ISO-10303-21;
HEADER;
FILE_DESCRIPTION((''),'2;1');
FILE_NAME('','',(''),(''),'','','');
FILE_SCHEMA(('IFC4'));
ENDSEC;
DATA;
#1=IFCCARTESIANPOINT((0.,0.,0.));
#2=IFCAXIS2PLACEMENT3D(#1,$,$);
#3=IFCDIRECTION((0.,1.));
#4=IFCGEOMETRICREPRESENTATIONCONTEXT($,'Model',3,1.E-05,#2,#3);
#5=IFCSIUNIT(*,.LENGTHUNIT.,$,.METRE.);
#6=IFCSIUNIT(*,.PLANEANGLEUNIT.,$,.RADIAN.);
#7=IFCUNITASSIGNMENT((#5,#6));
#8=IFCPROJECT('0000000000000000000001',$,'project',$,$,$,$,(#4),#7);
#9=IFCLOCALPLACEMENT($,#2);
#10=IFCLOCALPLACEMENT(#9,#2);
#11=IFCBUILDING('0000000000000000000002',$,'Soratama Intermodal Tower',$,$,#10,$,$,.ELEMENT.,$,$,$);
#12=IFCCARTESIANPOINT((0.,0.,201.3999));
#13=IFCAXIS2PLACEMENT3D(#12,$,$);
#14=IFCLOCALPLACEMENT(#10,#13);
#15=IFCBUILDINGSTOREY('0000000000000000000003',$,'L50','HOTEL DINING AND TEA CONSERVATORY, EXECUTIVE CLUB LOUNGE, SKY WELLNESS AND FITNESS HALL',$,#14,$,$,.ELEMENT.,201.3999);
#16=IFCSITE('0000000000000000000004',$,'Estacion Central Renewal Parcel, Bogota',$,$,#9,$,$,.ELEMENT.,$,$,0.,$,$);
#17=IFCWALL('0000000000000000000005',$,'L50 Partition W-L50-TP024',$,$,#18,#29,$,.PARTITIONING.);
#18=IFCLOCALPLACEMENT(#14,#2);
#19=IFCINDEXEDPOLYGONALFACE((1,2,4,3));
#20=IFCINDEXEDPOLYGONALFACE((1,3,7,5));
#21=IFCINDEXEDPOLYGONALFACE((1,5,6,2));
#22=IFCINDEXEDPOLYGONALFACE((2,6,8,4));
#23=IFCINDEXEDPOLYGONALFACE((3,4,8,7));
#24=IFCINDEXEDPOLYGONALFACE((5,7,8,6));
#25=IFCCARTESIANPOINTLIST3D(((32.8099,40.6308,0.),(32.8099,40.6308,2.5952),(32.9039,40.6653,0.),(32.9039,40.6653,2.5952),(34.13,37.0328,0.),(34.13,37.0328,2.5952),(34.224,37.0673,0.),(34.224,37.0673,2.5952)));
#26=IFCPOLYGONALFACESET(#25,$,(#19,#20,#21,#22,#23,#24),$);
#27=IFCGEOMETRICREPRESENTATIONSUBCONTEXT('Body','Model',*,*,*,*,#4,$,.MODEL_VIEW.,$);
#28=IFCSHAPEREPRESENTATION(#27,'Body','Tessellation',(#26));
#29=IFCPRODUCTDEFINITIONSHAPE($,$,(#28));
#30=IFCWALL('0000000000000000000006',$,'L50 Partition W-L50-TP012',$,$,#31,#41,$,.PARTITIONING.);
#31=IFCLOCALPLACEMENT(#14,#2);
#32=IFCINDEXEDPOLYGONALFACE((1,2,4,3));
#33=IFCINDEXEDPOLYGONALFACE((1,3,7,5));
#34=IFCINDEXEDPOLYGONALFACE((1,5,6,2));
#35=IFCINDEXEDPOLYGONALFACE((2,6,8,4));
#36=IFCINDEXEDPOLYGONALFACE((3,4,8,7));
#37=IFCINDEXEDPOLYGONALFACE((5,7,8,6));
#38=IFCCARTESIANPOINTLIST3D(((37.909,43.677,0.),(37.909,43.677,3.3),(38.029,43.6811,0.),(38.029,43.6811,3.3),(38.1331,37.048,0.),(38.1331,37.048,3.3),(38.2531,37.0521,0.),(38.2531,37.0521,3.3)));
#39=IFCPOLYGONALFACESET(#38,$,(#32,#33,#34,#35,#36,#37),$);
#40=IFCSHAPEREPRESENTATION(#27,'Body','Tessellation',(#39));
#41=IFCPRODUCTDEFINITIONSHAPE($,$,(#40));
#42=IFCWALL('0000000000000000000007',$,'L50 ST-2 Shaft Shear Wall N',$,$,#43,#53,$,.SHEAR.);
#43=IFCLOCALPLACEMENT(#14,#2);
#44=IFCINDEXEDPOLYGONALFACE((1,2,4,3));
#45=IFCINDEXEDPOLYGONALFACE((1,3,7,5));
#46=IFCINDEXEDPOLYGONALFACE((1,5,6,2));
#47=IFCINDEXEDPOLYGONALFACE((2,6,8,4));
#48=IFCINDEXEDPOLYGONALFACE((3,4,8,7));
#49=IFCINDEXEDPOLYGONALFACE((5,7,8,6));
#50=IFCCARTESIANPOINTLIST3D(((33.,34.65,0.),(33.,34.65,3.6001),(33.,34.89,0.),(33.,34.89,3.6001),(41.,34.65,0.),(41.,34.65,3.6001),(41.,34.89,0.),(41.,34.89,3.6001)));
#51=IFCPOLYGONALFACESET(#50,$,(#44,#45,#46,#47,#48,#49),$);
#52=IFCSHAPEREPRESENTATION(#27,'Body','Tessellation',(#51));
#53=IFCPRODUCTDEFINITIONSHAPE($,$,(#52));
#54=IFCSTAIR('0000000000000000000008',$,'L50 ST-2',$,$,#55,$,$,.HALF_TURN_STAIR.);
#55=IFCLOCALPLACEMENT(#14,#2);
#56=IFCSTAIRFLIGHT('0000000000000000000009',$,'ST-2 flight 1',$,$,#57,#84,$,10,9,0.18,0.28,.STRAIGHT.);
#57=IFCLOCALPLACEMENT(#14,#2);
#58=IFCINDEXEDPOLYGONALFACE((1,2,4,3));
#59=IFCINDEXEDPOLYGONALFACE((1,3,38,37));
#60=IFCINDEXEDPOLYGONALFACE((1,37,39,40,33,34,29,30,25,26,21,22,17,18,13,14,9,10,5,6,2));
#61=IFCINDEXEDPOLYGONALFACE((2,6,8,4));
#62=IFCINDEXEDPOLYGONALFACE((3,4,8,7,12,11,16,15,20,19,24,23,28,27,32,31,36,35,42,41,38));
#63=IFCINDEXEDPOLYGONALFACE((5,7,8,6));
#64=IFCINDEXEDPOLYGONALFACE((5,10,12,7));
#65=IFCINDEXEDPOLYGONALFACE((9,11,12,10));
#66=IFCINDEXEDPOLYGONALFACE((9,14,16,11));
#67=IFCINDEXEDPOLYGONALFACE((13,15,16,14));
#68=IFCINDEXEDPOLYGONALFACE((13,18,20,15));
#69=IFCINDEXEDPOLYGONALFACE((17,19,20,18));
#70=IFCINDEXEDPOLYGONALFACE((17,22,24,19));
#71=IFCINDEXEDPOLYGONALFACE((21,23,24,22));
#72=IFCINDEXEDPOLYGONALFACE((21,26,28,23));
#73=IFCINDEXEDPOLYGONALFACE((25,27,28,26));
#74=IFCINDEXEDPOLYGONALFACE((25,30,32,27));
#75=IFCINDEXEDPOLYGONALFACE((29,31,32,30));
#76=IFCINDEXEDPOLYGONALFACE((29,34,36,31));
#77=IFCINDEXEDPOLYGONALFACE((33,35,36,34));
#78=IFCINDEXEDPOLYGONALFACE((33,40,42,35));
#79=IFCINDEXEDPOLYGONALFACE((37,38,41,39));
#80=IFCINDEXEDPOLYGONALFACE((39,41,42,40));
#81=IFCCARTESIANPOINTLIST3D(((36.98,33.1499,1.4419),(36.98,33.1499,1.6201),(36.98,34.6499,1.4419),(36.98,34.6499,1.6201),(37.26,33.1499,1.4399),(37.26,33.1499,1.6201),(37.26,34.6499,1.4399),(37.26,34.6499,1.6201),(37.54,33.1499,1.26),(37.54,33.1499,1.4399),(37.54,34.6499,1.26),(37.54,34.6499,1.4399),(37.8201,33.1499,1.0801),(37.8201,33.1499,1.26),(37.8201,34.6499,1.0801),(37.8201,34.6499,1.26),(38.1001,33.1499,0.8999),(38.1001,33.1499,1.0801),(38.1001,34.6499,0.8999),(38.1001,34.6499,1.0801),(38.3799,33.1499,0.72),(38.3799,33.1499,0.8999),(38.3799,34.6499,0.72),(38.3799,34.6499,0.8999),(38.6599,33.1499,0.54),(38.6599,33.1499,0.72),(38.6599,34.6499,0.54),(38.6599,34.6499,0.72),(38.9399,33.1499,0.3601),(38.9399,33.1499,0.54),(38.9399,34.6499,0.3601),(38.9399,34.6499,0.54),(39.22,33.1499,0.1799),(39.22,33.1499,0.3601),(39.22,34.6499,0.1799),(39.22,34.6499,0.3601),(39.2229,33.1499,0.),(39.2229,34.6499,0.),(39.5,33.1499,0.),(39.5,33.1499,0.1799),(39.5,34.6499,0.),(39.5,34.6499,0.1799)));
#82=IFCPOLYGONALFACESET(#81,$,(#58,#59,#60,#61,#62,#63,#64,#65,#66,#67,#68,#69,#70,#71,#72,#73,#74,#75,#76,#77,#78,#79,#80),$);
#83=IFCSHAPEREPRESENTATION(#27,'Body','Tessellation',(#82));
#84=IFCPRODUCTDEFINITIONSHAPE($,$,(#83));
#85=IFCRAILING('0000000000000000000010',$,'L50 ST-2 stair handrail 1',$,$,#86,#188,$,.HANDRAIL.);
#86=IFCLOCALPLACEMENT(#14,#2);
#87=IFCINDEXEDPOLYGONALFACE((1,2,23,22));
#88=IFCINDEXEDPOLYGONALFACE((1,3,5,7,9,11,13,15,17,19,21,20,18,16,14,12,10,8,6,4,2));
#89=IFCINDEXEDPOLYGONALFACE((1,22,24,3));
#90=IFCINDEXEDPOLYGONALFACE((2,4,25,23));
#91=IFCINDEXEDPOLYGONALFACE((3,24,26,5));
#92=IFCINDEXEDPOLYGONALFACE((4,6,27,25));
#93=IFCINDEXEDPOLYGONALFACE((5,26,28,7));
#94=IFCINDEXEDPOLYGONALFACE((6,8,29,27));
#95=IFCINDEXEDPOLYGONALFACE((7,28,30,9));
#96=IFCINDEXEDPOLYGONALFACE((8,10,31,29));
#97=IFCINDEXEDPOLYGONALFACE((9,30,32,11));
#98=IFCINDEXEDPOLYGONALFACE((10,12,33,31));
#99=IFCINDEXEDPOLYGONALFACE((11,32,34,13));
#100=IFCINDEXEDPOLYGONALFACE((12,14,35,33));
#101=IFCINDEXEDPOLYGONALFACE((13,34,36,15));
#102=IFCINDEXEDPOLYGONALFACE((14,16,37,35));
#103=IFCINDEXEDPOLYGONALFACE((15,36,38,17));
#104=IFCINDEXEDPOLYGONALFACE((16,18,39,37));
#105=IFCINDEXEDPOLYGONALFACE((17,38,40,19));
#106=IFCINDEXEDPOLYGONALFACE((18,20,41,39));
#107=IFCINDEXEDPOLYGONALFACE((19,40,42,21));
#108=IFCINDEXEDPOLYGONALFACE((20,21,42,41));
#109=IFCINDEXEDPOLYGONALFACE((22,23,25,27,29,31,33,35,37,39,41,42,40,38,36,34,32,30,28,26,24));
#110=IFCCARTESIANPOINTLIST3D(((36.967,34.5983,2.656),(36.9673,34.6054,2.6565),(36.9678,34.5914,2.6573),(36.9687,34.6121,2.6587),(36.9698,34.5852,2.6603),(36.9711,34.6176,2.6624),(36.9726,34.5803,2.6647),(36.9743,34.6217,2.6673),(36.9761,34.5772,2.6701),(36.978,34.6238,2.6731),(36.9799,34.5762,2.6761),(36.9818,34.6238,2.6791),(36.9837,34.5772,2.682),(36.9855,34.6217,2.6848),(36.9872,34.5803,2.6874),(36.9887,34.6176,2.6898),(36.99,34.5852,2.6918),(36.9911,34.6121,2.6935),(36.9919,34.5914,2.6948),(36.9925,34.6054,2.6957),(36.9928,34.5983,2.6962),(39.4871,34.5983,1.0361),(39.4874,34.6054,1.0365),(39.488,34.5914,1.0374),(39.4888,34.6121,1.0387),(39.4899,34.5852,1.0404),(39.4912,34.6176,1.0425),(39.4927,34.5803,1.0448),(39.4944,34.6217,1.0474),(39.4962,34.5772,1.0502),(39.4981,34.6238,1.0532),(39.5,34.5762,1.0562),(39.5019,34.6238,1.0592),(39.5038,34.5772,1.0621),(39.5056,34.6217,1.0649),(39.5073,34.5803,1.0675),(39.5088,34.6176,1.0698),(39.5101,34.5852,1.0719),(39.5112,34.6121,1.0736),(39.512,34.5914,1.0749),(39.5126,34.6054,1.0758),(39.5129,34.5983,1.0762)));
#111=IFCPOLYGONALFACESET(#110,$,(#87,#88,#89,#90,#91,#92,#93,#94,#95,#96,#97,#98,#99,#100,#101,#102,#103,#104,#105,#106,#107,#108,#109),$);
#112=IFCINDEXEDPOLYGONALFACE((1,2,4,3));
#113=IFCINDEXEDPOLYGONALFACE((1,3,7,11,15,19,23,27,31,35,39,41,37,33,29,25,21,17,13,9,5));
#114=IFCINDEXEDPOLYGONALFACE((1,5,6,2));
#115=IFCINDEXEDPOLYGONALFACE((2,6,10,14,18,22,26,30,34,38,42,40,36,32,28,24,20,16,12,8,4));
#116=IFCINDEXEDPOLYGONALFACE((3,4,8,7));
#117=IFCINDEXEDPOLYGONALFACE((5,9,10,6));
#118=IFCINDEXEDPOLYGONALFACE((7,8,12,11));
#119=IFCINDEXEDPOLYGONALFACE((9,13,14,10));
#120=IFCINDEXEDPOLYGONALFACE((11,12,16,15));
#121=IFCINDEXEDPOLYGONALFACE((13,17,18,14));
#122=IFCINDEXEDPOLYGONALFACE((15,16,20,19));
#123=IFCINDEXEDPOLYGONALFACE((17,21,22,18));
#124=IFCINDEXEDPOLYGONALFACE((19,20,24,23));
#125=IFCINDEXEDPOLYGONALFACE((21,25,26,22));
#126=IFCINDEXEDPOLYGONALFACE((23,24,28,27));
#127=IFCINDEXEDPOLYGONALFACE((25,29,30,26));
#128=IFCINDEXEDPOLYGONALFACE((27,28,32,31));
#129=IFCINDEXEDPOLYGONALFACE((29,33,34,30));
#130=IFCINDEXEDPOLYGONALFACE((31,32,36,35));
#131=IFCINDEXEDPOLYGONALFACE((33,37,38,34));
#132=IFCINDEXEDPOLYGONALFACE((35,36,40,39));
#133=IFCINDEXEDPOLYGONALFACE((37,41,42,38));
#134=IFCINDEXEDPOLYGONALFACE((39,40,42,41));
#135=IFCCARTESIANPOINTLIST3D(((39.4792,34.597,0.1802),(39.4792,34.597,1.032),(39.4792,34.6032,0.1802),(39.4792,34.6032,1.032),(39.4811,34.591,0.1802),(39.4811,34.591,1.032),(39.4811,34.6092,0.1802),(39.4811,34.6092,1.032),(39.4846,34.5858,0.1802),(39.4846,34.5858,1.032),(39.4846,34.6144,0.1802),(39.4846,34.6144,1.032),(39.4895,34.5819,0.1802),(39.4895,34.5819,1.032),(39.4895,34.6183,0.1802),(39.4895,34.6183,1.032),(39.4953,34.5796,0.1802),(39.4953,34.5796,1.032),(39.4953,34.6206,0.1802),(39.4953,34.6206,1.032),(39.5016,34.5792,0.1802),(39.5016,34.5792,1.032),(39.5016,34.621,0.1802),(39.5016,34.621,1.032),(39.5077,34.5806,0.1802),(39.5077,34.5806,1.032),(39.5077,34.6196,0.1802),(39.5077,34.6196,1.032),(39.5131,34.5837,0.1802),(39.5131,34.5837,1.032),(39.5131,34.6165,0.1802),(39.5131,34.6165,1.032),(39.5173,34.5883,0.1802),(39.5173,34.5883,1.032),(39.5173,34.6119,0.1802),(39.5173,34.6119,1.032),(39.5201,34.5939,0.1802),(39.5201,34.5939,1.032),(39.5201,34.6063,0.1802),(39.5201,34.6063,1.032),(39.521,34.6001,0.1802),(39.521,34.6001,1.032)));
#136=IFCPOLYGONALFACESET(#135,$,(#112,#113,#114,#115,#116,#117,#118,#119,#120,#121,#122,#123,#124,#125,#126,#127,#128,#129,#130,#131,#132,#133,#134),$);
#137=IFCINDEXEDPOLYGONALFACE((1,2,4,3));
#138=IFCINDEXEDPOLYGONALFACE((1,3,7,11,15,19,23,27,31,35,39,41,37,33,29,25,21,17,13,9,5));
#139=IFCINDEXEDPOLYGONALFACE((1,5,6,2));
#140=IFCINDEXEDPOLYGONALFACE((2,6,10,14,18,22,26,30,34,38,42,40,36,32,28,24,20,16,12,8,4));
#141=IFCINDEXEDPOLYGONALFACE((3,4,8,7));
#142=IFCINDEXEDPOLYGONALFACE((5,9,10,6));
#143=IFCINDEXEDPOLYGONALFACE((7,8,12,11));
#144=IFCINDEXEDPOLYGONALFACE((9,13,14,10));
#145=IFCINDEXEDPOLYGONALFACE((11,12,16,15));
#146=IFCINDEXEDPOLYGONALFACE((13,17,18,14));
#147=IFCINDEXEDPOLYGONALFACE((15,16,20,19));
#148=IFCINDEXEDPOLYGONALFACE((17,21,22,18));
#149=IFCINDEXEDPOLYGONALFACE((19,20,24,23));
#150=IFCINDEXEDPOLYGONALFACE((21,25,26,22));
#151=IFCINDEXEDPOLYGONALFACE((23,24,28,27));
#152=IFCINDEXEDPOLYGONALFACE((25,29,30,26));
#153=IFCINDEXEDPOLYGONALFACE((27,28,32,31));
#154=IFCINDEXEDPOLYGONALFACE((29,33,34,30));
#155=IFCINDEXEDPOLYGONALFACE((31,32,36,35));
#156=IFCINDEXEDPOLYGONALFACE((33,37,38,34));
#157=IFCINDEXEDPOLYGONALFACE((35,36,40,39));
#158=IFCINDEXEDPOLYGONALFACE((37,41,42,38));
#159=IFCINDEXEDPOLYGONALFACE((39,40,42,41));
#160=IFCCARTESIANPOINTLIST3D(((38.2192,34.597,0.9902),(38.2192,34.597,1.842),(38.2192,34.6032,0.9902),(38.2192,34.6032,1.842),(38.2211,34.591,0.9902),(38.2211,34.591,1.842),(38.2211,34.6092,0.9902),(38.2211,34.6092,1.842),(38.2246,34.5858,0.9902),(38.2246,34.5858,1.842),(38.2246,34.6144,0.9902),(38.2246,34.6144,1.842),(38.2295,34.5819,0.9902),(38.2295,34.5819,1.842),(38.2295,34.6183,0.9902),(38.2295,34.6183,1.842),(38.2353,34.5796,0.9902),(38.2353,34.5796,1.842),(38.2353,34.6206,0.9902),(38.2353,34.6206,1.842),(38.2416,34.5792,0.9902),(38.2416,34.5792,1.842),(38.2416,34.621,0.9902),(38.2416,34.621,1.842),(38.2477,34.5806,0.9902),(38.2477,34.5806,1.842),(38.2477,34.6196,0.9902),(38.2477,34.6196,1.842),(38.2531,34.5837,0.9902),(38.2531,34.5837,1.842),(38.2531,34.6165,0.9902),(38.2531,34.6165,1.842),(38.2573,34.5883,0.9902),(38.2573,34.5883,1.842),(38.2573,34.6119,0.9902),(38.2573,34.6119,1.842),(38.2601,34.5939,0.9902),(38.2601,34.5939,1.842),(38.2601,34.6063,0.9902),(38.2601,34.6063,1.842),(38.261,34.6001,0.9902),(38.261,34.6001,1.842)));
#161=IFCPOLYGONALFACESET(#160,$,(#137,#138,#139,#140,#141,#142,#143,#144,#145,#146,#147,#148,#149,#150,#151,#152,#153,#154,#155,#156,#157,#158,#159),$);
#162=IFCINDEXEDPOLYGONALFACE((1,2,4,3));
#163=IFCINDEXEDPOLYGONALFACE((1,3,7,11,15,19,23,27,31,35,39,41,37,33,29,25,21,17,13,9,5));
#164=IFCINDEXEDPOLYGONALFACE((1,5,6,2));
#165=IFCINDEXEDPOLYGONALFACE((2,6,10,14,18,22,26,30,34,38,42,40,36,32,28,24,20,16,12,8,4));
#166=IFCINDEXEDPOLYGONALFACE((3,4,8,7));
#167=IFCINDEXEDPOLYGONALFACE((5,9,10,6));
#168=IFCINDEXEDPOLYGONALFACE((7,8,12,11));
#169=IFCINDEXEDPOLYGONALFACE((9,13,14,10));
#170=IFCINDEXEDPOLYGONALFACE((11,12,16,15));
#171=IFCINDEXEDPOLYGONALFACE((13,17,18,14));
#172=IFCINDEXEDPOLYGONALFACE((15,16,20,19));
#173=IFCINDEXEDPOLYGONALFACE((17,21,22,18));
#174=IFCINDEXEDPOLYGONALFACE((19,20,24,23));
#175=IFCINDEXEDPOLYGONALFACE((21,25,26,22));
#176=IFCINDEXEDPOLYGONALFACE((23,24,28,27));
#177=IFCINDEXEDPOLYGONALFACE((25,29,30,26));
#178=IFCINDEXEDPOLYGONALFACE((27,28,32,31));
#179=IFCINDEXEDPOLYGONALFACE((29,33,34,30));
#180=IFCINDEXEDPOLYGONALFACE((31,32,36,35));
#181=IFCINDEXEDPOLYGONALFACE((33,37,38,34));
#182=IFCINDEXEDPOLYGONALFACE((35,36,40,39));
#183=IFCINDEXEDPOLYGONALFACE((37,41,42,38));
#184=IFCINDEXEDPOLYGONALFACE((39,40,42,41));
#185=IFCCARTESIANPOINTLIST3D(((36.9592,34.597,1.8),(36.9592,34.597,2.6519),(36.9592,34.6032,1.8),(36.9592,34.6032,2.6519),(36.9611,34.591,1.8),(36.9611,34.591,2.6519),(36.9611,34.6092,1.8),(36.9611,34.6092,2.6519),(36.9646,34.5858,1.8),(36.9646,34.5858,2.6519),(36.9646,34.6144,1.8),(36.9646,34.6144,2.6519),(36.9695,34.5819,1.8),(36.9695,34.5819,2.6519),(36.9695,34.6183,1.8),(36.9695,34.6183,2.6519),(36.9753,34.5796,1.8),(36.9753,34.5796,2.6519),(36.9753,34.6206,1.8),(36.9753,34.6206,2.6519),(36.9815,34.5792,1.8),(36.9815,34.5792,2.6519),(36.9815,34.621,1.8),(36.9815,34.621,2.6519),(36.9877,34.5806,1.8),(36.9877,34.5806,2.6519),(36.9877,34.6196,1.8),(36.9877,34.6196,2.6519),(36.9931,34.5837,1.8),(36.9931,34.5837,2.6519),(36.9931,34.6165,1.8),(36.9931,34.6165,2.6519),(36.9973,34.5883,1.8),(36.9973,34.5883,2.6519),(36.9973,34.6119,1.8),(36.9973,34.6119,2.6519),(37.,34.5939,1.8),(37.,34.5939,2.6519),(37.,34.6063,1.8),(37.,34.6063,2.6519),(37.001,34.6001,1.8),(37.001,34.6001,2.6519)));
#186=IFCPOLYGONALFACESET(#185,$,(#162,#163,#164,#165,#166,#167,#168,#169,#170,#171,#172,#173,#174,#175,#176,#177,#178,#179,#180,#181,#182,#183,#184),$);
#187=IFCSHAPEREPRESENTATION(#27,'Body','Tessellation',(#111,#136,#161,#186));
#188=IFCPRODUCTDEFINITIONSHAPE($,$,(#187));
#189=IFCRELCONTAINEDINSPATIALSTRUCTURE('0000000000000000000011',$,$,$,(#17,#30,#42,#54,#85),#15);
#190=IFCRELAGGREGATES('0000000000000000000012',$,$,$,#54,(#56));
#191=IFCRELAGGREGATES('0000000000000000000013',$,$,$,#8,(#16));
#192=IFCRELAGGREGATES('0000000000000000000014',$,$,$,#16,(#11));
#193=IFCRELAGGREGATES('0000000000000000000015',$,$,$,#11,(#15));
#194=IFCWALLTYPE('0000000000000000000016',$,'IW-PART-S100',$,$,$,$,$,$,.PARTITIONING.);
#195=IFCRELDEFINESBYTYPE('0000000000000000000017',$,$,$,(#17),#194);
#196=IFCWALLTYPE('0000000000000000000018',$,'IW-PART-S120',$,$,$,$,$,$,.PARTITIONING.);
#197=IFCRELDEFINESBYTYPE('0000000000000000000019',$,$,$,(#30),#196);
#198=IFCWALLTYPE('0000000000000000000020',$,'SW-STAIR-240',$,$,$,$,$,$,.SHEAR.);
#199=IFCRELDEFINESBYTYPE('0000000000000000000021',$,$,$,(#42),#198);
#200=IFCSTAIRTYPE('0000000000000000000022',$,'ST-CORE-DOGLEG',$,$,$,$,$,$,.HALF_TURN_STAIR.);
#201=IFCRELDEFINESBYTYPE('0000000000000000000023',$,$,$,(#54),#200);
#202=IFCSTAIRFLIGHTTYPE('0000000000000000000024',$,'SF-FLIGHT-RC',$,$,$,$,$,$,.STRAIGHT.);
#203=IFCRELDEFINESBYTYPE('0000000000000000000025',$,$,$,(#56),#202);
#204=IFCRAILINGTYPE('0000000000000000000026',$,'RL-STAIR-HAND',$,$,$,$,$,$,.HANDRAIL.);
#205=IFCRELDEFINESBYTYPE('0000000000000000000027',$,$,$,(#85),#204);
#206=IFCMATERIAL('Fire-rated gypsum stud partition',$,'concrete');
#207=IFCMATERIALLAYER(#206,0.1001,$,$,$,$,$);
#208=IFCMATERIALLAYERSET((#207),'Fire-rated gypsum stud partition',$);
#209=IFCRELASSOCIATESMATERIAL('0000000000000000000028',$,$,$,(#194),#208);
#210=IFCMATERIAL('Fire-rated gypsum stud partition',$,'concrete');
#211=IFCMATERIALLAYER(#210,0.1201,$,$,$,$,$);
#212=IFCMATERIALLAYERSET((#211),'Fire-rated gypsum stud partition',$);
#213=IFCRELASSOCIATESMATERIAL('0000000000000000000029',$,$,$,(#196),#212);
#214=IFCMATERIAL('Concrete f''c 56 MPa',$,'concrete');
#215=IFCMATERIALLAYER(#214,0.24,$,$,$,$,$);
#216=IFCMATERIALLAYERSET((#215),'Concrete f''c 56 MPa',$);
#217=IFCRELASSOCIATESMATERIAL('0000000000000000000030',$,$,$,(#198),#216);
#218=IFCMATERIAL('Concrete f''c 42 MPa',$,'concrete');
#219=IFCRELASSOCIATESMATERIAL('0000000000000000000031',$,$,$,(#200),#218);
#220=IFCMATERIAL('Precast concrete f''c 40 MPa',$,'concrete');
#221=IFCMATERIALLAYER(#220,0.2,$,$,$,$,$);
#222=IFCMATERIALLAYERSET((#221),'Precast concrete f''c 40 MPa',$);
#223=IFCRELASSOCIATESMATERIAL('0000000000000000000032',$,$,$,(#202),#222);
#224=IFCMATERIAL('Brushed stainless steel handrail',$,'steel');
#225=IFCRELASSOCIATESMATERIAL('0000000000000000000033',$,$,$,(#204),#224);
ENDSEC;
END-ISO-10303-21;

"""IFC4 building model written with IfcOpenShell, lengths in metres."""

from ifc_helpers import new_model, si_unit, direction, frame, frame_2d, origin, origin_2d, place, context, subcontext, project, spatial, polyline, rectangle, circle, outline, extrude, material, layer, layer_set, type_object, element, aggregate, save


model = new_model("IFC4")

# Units and contexts
model_context = context("Model", 3, precision=1e-05, world=origin(), true_north=direction((0.0, 1.0)))
body_context = subcontext(model_context, "Body", "Model", "MODEL_VIEW")
ifc_project = project(units=[si_unit("LENGTHUNIT", "METRE"), si_unit("PLANEANGLEUNIT", "RADIAN")], contexts=[model_context])

# Site, building, storey
site_placement = place(None, origin())
site = spatial("IfcSite", under=ifc_project, at=site_placement, Name="Estacion Central Renewal Parcel, Bogota", CompositionType="ELEMENT", RefElevation=0.0)
building_placement = place(site_placement, origin())
building = spatial("IfcBuilding", under=site, at=building_placement, Name="Soratama Intermodal Tower", CompositionType="ELEMENT")
storey_placement = place(building_placement, frame((0.0, 0.0, 201.3999)))
storey = spatial("IfcBuildingStorey", under=building, at=storey_placement, Name="L50", Description="HOTEL DINING AND TEA CONSERVATORY, EXECUTIVE CLUB LOUNGE, SKY WELLNESS AND FITNESS HALL", CompositionType="ELEMENT", Elevation=201.3999)

# Walls
ifc_material_1 = material(Name="Fire-rated gypsum stud partition", Category="concrete")
ifc_layer_1 = layer(ifc_material_1, 0.1001)
ifc_layer_set_1 = layer_set([ifc_layer_1], Name="Fire-rated gypsum stud partition")
wall_type_1 = type_object("IfcWallType", Name="IW-PART-S100", PredefinedType="PARTITIONING", material=ifc_layer_set_1)
wall_1_placement = place(storey_placement, frame((34.177, 37.05, 0.0), z_axis=(0.0, 0.0, 1.0), x_axis=(-0.344447, 0.938806, 0.0)))
element("IfcWall", 1, at=wall_1_placement, inside=storey, type_object=wall_type_1, Name="L50 Partition W-L50-TP024", PredefinedType="PARTITIONING", context=body_context, shape_type="SweptSolid", body=[
    extrude(rectangle(XDim=3.8325, YDim=0.1001, at=frame_2d((1.9163, 0.0))), origin(), (0.0, 0.0, 1.0), 2.5952),
])
ifc_material_2 = material(Name="Fire-rated gypsum stud partition", Category="concrete")
ifc_layer_2 = layer(ifc_material_2, 0.1201)
ifc_layer_set_2 = layer_set([ifc_layer_2], Name="Fire-rated gypsum stud partition")
wall_type_2 = type_object("IfcWallType", Name="IW-PART-S120", PredefinedType="PARTITIONING", material=ifc_layer_set_2)
wall_2_placement = place(storey_placement, frame((38.1931, 37.05, 0.0), z_axis=(0.0, 0.0, 1.0), x_axis=(-0.03379, 0.999429, 0.0)))
element("IfcWall", 2, at=wall_2_placement, inside=storey, type_object=wall_type_2, Name="L50 Partition W-L50-TP012", PredefinedType="PARTITIONING", context=body_context, shape_type="SweptSolid", body=[
    extrude(rectangle(XDim=6.6328, YDim=0.1201, at=frame_2d((3.3164, 0.0))), origin(), (0.0, 0.0, 1.0), 3.3),
])
ifc_material_3 = material(Name="Concrete f'c 56 MPa", Category="concrete")
ifc_layer_3 = layer(ifc_material_3, 0.24)
ifc_layer_set_3 = layer_set([ifc_layer_3], Name="Concrete f'c 56 MPa")
wall_type_3 = type_object("IfcWallType", Name="SW-STAIR-240", PredefinedType="SHEAR", material=ifc_layer_set_3)
wall_3_placement = place(storey_placement, frame((33.0, 34.77, 0.0), z_axis=(0.0, 0.0, 1.0), x_axis=(1.0, 0.0, 0.0)))
element("IfcWall", 3, at=wall_3_placement, inside=storey, type_object=wall_type_3, Name="L50 ST-2 Shaft Shear Wall N", PredefinedType="SHEAR", context=body_context, shape_type="SweptSolid", body=[
    extrude(rectangle(XDim=8.0, YDim=0.24, at=frame_2d((4.0, 0.0))), origin(), (0.0, 0.0, 1.0), 3.6001),
])

# Stair, stair flight
ifc_material_4 = material(Name="Concrete f'c 42 MPa", Category="concrete")
stair_type = type_object("IfcStairType", Name="ST-CORE-DOGLEG", PredefinedType="HALF_TURN_STAIR", material=ifc_material_4)
stair_placement = place(storey_placement, origin())
stair = element("IfcStair", 4, at=stair_placement, inside=storey, type_object=stair_type, Name="L50 ST-2", PredefinedType="HALF_TURN_STAIR")
ifc_material_5 = material(Name="Precast concrete f'c 40 MPa", Category="concrete")
ifc_layer_4 = layer(ifc_material_5, 0.2)
ifc_layer_set_4 = layer_set([ifc_layer_4], Name="Precast concrete f'c 40 MPa")
stair_flight_type = type_object("IfcStairFlightType", Name="SF-FLIGHT-RC", PredefinedType="STRAIGHT", material=ifc_layer_set_4)
stair_flight_placement = place(storey_placement, frame((39.5, 33.8999, 0.0), z_axis=(0.0, 0.0, 1.0), x_axis=(-1.0, 0.0, 0.0)))
stair_flight = element("IfcStairFlight", 5, at=stair_flight_placement, type_object=stair_flight_type, Name="ST-2 flight 1", NumberOfRisers=10, NumberOfTreads=9, PredefinedType="STRAIGHT", RiserHeight=0.18, TreadLength=0.28, context=body_context, shape_type="SweptSolid", body=[
    extrude(outline(polyline([(0.0, 0.0), (0.0, 0.1799), (0.28, 0.1799), (0.28, 0.3601), (0.5601, 0.3601), (0.5601, 0.54), (0.8401, 0.54), (0.8401, 0.72), (1.1201, 0.72), (1.1201, 0.8999), (1.3999, 0.8999), (1.3999, 1.0801), (1.6799, 1.0801), (1.6799, 1.26), (1.96, 1.26), (1.96, 1.4399), (2.24, 1.4399), (2.24, 1.6201), (2.52, 1.6201), (2.52, 1.8), (2.52, 1.4419), (0.2771, 0.0), (0.0, 0.0)])), frame((0.0, 0.75, 0.0), z_axis=(0.0, -1.0, 0.0), x_axis=(1.0, 0.0, 0.0)), (0.0, 0.0, 1.0), 1.5),
])
aggregate(stair, [stair_flight])

# Railing
ifc_material_6 = material(Name="Brushed stainless steel handrail", Category="steel")
railing_type_1 = type_object("IfcRailingType", Name="RL-STAIR-HAND", PredefinedType="HANDRAIL", material=ifc_material_6)
railing_1_placement = place(storey_placement, frame((39.5, 34.6001, 0.1802)))
element("IfcRailing", 6, at=railing_1_placement, inside=storey, type_object=railing_type_1, Name="L50 ST-2 stair handrail 1", PredefinedType="HANDRAIL", context=body_context, shape_type="SweptSolid", body=[
    extrude(circle(Radius=0.0239, at=origin_2d()), frame((0.0, 0.0, 0.876), z_axis=(-0.8412, 0.0, 0.540725), x_axis=(0.0, -1.0, 0.0)), (0.0, 0.0, 1.0), 2.9958),
    extrude(circle(Radius=0.021, at=origin_2d()), origin(), (0.0, 0.0, 1.0), 0.8518),
    extrude(circle(Radius=0.021, at=origin_2d()), frame((-1.26, 0.0, 0.8101)), (0.0, 0.0, 1.0), 0.8518),
    extrude(circle(Radius=0.021, at=origin_2d()), frame((-2.52, 0.0, 1.6199)), (0.0, 0.0, 1.0), 0.8518),
])

save(model, "model.ifc")
